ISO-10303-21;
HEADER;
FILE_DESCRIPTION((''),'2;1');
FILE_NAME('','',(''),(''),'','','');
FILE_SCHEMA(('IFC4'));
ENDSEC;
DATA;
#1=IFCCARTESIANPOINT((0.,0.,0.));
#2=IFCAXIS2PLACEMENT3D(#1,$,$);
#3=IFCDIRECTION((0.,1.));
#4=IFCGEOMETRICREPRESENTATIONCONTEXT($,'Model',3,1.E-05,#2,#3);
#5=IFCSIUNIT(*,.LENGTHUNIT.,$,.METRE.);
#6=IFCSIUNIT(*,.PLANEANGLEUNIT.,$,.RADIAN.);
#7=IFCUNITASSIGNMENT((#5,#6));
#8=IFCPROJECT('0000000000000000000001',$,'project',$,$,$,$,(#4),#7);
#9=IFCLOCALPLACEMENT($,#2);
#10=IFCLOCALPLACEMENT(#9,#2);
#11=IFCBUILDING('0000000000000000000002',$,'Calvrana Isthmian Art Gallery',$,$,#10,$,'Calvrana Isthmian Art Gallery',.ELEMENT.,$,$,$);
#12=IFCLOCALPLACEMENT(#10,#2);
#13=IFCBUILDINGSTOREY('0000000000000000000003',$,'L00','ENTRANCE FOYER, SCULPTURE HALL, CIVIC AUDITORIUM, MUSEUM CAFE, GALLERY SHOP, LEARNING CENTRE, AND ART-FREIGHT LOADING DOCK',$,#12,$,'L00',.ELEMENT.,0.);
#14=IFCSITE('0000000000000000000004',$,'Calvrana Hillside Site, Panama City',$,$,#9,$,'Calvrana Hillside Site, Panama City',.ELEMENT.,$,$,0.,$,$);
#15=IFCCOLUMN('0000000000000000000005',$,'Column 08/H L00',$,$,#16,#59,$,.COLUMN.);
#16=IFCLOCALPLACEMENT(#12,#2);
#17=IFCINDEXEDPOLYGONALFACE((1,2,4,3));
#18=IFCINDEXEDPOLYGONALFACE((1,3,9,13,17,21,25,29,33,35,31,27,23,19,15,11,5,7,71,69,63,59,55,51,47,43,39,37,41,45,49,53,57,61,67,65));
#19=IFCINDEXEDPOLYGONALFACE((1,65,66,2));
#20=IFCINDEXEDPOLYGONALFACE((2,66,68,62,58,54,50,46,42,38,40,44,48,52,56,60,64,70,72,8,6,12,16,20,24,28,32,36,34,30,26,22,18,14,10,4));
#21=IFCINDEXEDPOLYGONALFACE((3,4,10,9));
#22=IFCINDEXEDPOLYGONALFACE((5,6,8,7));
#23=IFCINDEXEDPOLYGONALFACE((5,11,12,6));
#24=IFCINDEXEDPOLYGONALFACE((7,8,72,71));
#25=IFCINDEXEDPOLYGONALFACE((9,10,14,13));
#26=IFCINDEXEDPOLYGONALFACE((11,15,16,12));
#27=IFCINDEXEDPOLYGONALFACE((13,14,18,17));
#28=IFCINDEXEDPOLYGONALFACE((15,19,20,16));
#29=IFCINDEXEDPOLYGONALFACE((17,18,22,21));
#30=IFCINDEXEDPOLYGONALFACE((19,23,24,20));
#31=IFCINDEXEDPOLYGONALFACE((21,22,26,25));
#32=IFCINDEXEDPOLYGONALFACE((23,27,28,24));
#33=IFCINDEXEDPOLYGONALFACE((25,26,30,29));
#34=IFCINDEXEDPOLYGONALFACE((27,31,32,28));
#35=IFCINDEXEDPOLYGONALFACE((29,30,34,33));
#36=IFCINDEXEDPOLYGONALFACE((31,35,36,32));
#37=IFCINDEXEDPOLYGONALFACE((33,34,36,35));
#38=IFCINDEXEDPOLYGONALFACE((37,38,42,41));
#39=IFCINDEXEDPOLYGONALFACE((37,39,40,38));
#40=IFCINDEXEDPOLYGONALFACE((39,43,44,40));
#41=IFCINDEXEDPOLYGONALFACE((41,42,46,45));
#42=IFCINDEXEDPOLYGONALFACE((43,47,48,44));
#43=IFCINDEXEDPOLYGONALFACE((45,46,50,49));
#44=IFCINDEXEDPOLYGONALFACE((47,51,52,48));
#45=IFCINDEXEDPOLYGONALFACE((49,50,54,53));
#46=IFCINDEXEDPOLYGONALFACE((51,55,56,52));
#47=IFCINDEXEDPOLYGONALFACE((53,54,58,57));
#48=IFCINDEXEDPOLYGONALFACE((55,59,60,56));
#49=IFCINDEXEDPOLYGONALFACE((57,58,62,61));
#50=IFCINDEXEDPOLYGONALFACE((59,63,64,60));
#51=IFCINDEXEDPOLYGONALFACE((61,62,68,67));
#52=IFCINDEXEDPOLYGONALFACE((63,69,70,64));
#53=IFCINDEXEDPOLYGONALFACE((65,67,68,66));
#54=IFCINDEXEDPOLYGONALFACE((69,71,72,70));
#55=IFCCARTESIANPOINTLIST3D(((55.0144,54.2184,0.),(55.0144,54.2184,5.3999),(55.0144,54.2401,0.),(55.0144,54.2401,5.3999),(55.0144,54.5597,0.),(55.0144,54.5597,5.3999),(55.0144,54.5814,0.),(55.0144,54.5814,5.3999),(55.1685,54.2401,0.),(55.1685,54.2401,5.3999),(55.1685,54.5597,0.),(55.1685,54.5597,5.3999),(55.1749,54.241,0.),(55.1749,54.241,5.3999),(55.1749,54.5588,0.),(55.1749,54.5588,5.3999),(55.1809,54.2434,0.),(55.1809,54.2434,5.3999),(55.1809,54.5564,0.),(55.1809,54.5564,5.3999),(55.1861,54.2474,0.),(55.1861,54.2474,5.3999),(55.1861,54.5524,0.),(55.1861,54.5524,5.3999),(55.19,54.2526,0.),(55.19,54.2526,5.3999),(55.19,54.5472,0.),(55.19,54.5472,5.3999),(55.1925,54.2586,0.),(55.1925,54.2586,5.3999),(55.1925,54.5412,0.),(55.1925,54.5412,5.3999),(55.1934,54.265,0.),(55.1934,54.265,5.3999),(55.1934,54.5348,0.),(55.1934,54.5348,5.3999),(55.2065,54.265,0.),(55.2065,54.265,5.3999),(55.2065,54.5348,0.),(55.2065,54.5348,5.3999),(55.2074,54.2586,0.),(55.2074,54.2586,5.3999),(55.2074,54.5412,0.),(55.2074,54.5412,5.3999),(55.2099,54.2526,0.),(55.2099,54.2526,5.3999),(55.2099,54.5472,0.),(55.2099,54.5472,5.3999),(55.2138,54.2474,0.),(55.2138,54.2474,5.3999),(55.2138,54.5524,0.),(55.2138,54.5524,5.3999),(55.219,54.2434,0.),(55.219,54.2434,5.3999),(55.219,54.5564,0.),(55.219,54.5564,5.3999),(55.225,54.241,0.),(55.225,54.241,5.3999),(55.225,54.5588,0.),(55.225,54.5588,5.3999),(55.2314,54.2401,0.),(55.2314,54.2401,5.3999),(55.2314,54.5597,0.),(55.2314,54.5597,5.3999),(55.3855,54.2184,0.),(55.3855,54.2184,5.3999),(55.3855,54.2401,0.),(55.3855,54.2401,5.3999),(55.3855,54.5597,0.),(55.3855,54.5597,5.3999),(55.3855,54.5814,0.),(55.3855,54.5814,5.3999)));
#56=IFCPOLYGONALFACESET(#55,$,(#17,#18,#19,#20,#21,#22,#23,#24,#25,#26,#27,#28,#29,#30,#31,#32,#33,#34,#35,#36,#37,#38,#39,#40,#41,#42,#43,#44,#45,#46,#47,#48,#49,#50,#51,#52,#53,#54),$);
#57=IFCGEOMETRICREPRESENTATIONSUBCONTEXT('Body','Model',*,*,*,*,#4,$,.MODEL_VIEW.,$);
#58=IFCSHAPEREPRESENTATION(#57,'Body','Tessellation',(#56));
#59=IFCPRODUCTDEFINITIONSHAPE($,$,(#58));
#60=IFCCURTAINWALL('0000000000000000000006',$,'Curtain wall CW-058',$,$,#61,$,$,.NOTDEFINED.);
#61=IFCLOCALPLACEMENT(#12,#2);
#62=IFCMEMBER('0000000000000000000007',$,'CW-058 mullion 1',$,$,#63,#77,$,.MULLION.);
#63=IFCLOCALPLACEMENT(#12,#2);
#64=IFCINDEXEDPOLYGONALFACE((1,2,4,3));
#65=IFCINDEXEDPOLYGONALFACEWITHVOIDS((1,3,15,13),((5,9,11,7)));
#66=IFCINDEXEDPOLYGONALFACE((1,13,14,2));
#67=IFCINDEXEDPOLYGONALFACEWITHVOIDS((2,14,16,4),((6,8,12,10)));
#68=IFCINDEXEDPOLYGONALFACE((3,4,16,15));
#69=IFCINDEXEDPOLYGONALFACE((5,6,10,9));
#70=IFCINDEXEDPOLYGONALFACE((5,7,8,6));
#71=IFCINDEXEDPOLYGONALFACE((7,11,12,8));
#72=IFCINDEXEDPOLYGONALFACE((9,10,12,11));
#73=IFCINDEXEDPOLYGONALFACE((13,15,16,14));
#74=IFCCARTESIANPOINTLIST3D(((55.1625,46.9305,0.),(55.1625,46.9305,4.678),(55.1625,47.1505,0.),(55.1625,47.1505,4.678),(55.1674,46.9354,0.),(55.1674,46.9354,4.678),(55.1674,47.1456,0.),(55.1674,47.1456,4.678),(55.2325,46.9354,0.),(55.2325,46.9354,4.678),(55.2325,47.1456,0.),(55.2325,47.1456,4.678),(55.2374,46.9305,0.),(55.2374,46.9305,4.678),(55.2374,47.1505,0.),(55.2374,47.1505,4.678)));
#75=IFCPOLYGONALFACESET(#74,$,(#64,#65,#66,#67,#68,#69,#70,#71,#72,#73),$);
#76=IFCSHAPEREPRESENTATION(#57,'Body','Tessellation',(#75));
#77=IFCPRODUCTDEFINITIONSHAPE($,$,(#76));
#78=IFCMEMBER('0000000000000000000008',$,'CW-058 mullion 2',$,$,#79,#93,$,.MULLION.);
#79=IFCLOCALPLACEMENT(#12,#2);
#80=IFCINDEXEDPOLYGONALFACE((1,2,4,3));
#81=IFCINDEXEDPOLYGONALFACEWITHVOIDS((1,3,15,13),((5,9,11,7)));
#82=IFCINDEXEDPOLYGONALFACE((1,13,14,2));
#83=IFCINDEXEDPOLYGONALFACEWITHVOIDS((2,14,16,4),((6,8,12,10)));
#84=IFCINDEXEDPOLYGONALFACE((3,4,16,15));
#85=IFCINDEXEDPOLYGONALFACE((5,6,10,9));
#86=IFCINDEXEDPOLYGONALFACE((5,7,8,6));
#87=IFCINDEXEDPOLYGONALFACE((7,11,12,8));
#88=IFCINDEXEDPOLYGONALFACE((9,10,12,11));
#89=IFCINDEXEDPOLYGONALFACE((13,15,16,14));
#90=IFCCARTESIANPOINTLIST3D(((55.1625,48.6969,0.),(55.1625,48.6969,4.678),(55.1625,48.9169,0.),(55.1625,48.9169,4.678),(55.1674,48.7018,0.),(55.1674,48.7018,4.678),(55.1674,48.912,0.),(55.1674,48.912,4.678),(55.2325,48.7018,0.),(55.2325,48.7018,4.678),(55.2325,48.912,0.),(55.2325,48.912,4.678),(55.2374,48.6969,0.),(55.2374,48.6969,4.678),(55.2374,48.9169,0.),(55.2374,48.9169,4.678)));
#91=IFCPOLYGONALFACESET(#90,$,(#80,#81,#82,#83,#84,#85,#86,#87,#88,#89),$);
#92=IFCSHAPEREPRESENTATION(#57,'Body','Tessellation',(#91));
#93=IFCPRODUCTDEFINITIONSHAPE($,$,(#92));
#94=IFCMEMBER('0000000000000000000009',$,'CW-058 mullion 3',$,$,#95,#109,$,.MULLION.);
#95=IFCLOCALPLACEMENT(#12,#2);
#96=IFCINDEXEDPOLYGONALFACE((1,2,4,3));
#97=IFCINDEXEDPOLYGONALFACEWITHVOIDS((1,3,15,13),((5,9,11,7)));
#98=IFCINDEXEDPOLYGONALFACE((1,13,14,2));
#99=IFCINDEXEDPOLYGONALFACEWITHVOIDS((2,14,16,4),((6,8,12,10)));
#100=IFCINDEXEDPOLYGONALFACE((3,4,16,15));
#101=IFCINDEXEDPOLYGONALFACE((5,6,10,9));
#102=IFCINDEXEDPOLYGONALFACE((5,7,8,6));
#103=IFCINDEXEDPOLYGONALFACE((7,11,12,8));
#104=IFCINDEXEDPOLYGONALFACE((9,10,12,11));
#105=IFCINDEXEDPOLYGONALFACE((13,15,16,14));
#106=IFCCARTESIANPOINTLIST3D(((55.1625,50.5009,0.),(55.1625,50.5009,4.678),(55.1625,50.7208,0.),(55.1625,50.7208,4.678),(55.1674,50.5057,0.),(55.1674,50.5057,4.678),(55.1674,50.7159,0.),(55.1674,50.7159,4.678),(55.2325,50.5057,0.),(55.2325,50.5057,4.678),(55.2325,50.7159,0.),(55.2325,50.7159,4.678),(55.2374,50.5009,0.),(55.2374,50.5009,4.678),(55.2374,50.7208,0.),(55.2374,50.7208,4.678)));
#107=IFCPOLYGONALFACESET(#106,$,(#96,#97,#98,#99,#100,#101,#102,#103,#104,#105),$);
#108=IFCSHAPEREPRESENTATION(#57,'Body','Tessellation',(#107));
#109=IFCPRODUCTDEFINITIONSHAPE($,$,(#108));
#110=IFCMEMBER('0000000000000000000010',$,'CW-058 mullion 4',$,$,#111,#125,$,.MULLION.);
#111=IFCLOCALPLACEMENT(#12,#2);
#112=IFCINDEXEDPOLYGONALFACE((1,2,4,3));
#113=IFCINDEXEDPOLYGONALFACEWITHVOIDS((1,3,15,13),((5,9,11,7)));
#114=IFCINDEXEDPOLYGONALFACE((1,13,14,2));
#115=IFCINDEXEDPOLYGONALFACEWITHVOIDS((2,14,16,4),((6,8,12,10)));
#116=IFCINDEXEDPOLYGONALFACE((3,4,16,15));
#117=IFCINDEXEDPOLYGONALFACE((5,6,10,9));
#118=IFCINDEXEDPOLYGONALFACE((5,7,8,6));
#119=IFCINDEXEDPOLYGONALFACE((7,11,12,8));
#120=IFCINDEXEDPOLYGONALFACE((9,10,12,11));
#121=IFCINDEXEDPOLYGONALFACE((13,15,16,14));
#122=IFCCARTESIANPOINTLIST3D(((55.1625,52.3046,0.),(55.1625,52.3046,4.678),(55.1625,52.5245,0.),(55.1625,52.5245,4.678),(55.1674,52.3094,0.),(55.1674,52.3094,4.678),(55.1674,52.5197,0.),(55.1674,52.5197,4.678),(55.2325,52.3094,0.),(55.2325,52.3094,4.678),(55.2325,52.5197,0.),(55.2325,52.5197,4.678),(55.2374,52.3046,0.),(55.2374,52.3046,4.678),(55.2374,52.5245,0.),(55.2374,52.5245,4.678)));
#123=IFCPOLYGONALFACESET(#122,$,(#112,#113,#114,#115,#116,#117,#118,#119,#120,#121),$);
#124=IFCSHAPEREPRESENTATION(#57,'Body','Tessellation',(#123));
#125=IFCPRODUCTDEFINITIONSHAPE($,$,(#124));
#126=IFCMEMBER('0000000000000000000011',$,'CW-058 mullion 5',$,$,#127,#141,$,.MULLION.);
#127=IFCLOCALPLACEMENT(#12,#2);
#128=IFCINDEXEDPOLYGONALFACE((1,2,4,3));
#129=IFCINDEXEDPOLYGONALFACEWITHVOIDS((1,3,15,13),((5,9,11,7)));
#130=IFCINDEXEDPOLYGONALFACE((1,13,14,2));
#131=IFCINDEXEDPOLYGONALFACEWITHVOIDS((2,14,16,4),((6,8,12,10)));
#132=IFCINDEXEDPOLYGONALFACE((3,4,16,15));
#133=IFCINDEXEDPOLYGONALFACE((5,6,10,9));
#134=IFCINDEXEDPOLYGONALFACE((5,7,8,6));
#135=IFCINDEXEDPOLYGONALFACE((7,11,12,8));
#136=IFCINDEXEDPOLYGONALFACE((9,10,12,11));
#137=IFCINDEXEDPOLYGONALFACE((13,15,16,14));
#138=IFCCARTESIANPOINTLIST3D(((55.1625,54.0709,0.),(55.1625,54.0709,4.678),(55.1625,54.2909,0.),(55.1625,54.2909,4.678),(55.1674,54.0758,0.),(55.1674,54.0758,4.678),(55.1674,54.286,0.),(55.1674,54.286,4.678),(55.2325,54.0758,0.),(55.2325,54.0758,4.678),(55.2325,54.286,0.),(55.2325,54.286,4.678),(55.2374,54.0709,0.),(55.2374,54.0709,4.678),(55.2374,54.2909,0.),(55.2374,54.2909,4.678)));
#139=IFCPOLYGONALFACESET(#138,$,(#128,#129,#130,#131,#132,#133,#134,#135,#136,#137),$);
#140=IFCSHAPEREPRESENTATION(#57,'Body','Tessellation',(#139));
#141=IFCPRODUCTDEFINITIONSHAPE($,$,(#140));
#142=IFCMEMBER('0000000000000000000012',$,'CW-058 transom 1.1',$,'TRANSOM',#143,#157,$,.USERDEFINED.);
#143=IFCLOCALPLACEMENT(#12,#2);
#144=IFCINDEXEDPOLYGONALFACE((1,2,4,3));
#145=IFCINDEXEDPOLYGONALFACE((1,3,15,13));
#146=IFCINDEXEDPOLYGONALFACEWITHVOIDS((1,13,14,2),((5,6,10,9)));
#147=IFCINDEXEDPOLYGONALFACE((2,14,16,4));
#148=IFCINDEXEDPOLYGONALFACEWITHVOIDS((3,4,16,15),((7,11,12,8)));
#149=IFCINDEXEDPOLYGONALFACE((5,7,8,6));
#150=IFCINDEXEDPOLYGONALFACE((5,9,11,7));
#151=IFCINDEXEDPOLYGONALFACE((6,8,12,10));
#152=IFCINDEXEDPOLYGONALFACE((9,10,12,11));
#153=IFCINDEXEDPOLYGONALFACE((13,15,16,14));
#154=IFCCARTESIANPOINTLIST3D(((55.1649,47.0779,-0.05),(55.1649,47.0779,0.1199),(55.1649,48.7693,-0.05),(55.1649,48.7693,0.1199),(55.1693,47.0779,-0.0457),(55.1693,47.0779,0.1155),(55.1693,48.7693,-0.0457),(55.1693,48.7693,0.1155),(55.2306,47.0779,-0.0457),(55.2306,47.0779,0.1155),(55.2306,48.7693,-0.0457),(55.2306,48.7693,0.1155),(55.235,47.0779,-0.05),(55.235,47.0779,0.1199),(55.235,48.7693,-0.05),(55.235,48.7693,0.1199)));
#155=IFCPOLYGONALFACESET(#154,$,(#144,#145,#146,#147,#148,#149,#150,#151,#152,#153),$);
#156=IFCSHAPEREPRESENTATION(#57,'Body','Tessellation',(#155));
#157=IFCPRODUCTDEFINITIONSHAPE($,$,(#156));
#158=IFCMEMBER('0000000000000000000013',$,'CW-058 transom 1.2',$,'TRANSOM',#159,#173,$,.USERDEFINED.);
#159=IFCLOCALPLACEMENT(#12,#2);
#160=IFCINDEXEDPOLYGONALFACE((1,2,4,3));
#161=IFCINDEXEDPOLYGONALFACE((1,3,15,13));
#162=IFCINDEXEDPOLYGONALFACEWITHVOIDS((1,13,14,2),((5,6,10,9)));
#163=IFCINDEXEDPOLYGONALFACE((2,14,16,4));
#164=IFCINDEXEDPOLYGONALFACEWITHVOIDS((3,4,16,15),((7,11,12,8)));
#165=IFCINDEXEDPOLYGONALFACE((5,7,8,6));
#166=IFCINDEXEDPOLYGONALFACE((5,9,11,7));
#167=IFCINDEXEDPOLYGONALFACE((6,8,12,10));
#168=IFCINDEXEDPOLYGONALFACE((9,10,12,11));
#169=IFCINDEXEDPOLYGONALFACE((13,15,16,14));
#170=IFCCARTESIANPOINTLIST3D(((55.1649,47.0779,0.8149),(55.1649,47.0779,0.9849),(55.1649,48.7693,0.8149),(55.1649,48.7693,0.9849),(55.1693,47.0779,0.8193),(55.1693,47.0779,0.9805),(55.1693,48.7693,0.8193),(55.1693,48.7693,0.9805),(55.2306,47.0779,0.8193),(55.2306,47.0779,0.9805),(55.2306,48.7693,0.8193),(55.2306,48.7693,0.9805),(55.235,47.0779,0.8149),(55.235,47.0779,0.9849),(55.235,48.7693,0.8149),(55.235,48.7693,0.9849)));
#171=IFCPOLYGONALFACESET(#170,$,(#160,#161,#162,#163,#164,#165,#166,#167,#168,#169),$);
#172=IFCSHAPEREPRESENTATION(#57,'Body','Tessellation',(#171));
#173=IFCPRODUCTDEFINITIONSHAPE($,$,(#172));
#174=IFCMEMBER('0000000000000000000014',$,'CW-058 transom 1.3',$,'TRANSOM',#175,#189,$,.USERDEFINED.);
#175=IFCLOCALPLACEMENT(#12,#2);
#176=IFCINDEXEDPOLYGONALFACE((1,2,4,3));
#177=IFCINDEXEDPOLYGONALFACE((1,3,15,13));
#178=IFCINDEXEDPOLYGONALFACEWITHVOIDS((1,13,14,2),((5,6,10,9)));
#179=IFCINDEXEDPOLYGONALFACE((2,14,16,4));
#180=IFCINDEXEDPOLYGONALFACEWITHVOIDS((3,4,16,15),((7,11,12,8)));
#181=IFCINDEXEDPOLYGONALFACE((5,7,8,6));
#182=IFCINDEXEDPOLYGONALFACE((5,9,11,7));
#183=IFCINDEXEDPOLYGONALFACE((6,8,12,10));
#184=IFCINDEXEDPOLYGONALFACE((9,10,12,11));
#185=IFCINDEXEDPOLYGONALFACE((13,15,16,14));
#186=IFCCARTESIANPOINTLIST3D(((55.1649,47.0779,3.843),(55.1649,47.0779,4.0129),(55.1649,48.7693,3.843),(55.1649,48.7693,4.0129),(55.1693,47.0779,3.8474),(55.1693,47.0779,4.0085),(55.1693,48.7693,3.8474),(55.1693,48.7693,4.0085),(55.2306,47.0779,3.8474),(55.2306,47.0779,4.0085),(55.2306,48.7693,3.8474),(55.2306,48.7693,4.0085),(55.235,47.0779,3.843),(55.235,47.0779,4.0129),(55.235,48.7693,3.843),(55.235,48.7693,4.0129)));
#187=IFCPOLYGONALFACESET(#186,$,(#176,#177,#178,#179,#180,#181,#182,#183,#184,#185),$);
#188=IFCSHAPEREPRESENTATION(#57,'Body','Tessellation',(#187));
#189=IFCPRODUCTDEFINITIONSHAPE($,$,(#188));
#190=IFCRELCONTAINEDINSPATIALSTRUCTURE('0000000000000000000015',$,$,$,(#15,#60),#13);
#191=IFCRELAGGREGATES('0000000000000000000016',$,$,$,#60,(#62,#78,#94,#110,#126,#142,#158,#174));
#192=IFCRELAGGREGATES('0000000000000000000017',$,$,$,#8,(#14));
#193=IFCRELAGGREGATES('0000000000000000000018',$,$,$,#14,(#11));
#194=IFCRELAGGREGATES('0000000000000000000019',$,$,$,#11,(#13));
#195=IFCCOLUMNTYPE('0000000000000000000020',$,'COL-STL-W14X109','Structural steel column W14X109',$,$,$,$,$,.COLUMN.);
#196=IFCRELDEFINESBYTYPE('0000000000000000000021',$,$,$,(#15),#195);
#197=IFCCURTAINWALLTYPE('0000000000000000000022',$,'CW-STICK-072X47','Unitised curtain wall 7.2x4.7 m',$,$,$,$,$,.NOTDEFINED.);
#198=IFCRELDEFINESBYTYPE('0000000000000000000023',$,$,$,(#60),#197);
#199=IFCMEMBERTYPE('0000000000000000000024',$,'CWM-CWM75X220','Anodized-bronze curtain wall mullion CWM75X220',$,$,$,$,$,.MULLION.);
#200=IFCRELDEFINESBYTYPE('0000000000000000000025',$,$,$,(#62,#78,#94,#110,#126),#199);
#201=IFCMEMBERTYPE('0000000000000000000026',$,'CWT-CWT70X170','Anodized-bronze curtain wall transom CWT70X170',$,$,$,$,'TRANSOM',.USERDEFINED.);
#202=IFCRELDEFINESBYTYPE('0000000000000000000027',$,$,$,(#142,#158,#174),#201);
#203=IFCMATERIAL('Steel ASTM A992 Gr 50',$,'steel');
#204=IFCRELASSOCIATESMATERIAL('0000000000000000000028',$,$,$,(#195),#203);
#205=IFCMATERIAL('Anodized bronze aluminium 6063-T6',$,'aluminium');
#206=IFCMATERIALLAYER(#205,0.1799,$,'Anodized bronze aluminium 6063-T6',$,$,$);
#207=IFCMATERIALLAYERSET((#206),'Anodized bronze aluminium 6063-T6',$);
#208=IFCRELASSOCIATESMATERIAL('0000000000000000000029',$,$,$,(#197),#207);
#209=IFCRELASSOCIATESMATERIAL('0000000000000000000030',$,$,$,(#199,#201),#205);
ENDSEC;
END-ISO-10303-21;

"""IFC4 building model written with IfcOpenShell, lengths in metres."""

from ifc_helpers import new_model, si_unit, direction, frame, origin, origin_2d, place, context, subcontext, project, spatial, hollow_rectangle, i_section, extrude, material, layer, layer_set, material_profile, profile_set, type_object, element, aggregate, save


model = new_model("IFC4")

# Units and contexts
model_context = context("Model", 3, precision=1e-05, world=origin(), true_north=direction((0.0, 1.0)))
body_context = subcontext(model_context, "Body", "Model", "MODEL_VIEW")
ifc_project = project(units=[si_unit("LENGTHUNIT", "METRE"), si_unit("PLANEANGLEUNIT", "RADIAN")], contexts=[model_context])

# Site, building, storey
site_placement = place(None, origin())
site = spatial("IfcSite", under=ifc_project, at=site_placement, Name="Calvrana Hillside Site, Panama City", LongName="Calvrana Hillside Site, Panama City", CompositionType="ELEMENT", RefElevation=0.0)
building_placement = place(site_placement, origin())
building = spatial("IfcBuilding", under=site, at=building_placement, Name="Calvrana Isthmian Art Gallery", LongName="Calvrana Isthmian Art Gallery", CompositionType="ELEMENT")
storey_placement = place(building_placement, origin())
storey = spatial("IfcBuildingStorey", under=building, at=storey_placement, Name="L00", Description="ENTRANCE FOYER, SCULPTURE HALL, CIVIC AUDITORIUM, MUSEUM CAFE, GALLERY SHOP, LEARNING CENTRE, AND ART-FREIGHT LOADING DOCK", LongName="L00", CompositionType="ELEMENT", Elevation=0.0)

# Column
ifc_material_1 = material(Name="Steel ASTM A992 Gr 50", Category="steel")
ifc_material_profile_1 = material_profile(ifc_material_1, i_section(OverallWidth=0.3711, OverallDepth=0.363, WebThickness=0.0132, FlangeThickness=0.0217, FilletRadius=0.0249, at=origin_2d()), Name="W14X109")
ifc_profile_set_1 = profile_set([ifc_material_profile_1], Name="Steel ASTM A992 Gr 50")
column_type = type_object("IfcColumnType", Name="COL-STL-W14X109", Description="Structural steel column W14X109", PredefinedType="COLUMN", material=ifc_profile_set_1)
column_placement = place(storey_placement, frame((55.2, 54.3999, 0.0), z_axis=(0.0, 0.0, 1.0), x_axis=(1.0, 0.0, 0.0)))
element("IfcColumn", 1, at=column_placement, inside=storey, type_object=column_type, Name="Column 08/H L00", PredefinedType="COLUMN", context=body_context, shape_type="SweptSolid", body=[
    extrude(i_section(OverallWidth=0.3711, OverallDepth=0.363, WebThickness=0.0132, FlangeThickness=0.0217, FilletRadius=0.0249, at=origin_2d()), origin(), (0.0, 0.0, 1.0), 5.3999),
])

# Curtain wall, members
ifc_material_2 = material(Name="Anodized bronze aluminium 6063-T6", Category="aluminium")
ifc_layer_1 = layer(ifc_material_2, 0.1799, Name="Anodized bronze aluminium 6063-T6")
ifc_layer_set_1 = layer_set([ifc_layer_1], Name="Anodized bronze aluminium 6063-T6")
curtain_wall_type = type_object("IfcCurtainWallType", Name="CW-STICK-072X47", Description="Unitised curtain wall 7.2x4.7 m", PredefinedType="NOTDEFINED", material=ifc_layer_set_1)
curtain_wall_placement = place(storey_placement, origin())
curtain_wall = element("IfcCurtainWall", 2, at=curtain_wall_placement, inside=storey, type_object=curtain_wall_type, Name="Curtain wall CW-058", PredefinedType="NOTDEFINED")
ifc_material_profile_2 = material_profile(ifc_material_2, hollow_rectangle(XDim=0.075, YDim=0.22, WallThickness=0.0049, at=origin_2d()), Name="CWM75X220")
ifc_profile_set_2 = profile_set([ifc_material_profile_2], Name="Anodized bronze aluminium 6063-T6")
member_type_1 = type_object("IfcMemberType", Name="CWM-CWM75X220", Description="Anodized-bronze curtain wall mullion CWM75X220", PredefinedType="MULLION", material=ifc_profile_set_2)
member_1_placement = place(storey_placement, frame((55.2, 47.0405, 0.0), z_axis=(0.0, 0.0, 1.0), x_axis=(-1.0, 0.0, 0.0)))
member_1 = element("IfcMember", 3, at=member_1_placement, type_object=member_type_1, Name="CW-058 mullion 1", PredefinedType="MULLION", context=body_context, shape_type="SweptSolid", body=[
    extrude(hollow_rectangle(XDim=0.075, YDim=0.22, WallThickness=0.0049, at=origin_2d()), origin(), (0.0, 0.0, 1.0), 4.678),
])
member_2_placement = place(storey_placement, frame((55.2, 48.8069, 0.0), z_axis=(0.0, 0.0, 1.0), x_axis=(-1.0, 0.0, 0.0)))
member_2 = element("IfcMember", 4, at=member_2_placement, type_object=member_type_1, Name="CW-058 mullion 2", PredefinedType="MULLION", context=body_context, shape_type="SweptSolid", body=[
    extrude(hollow_rectangle(XDim=0.075, YDim=0.22, WallThickness=0.0049, at=origin_2d()), origin(), (0.0, 0.0, 1.0), 4.678),
])
member_3_placement = place(storey_placement, frame((55.2, 50.6108, 0.0), z_axis=(0.0, 0.0, 1.0), x_axis=(-1.0, 0.0, 0.0)))
member_3 = element("IfcMember", 5, at=member_3_placement, type_object=member_type_1, Name="CW-058 mullion 3", PredefinedType="MULLION", context=body_context, shape_type="SweptSolid", body=[
    extrude(hollow_rectangle(XDim=0.075, YDim=0.22, WallThickness=0.0049, at=origin_2d()), origin(), (0.0, 0.0, 1.0), 4.678),
])
member_4_placement = place(storey_placement, frame((55.2, 52.4146, 0.0), z_axis=(0.0, 0.0, 1.0), x_axis=(-1.0, 0.0, 0.0)))
member_4 = element("IfcMember", 6, at=member_4_placement, type_object=member_type_1, Name="CW-058 mullion 4", PredefinedType="MULLION", context=body_context, shape_type="SweptSolid", body=[
    extrude(hollow_rectangle(XDim=0.075, YDim=0.22, WallThickness=0.0049, at=origin_2d()), origin(), (0.0, 0.0, 1.0), 4.678),
])
member_5_placement = place(storey_placement, frame((55.2, 54.1809, 0.0), z_axis=(0.0, 0.0, 1.0), x_axis=(-1.0, 0.0, 0.0)))
member_5 = element("IfcMember", 7, at=member_5_placement, type_object=member_type_1, Name="CW-058 mullion 5", PredefinedType="MULLION", context=body_context, shape_type="SweptSolid", body=[
    extrude(hollow_rectangle(XDim=0.075, YDim=0.22, WallThickness=0.0049, at=origin_2d()), origin(), (0.0, 0.0, 1.0), 4.678),
])
ifc_material_profile_3 = material_profile(ifc_material_2, hollow_rectangle(XDim=0.0701, YDim=0.1699, WallThickness=0.0044, at=origin_2d()), Name="CWT70X170")
ifc_profile_set_3 = profile_set([ifc_material_profile_3], Name="Anodized bronze aluminium 6063-T6")
member_type_2 = type_object("IfcMemberType", Name="CWT-CWT70X170", Description="Anodized-bronze curtain wall transom CWT70X170", ElementType="TRANSOM", PredefinedType="USERDEFINED", material=ifc_profile_set_3)
member_6_placement = place(storey_placement, frame((55.2, 47.0779, 0.0349), z_axis=(0.0, 1.0, 0.0), x_axis=(-1.0, 0.0, 0.0)))
member_6 = element("IfcMember", 8, at=member_6_placement, type_object=member_type_2, Name="CW-058 transom 1.1", ObjectType="TRANSOM", PredefinedType="USERDEFINED", context=body_context, shape_type="SweptSolid", body=[
    extrude(hollow_rectangle(XDim=0.0701, YDim=0.1699, WallThickness=0.0044, at=origin_2d()), origin(), (0.0, 0.0, 1.0), 1.6914),
])
member_7_placement = place(storey_placement, frame((55.2, 47.0779, 0.8999), z_axis=(0.0, 1.0, 0.0), x_axis=(-1.0, 0.0, 0.0)))
member_7 = element("IfcMember", 9, at=member_7_placement, type_object=member_type_2, Name="CW-058 transom 1.2", ObjectType="TRANSOM", PredefinedType="USERDEFINED", context=body_context, shape_type="SweptSolid", body=[
    extrude(hollow_rectangle(XDim=0.0701, YDim=0.1699, WallThickness=0.0044, at=origin_2d()), origin(), (0.0, 0.0, 1.0), 1.6914),
])
member_8_placement = place(storey_placement, frame((55.2, 47.0779, 3.928), z_axis=(0.0, 1.0, 0.0), x_axis=(-1.0, 0.0, 0.0)))
member_8 = element("IfcMember", 10, at=member_8_placement, type_object=member_type_2, Name="CW-058 transom 1.3", ObjectType="TRANSOM", PredefinedType="USERDEFINED", context=body_context, shape_type="SweptSolid", body=[
    extrude(hollow_rectangle(XDim=0.0701, YDim=0.1699, WallThickness=0.0044, at=origin_2d()), origin(), (0.0, 0.0, 1.0), 1.6914),
])
aggregate(curtain_wall, [member_1, member_2, member_3, member_4, member_5, member_6, member_7, member_8])

save(model, "model.ifc")
